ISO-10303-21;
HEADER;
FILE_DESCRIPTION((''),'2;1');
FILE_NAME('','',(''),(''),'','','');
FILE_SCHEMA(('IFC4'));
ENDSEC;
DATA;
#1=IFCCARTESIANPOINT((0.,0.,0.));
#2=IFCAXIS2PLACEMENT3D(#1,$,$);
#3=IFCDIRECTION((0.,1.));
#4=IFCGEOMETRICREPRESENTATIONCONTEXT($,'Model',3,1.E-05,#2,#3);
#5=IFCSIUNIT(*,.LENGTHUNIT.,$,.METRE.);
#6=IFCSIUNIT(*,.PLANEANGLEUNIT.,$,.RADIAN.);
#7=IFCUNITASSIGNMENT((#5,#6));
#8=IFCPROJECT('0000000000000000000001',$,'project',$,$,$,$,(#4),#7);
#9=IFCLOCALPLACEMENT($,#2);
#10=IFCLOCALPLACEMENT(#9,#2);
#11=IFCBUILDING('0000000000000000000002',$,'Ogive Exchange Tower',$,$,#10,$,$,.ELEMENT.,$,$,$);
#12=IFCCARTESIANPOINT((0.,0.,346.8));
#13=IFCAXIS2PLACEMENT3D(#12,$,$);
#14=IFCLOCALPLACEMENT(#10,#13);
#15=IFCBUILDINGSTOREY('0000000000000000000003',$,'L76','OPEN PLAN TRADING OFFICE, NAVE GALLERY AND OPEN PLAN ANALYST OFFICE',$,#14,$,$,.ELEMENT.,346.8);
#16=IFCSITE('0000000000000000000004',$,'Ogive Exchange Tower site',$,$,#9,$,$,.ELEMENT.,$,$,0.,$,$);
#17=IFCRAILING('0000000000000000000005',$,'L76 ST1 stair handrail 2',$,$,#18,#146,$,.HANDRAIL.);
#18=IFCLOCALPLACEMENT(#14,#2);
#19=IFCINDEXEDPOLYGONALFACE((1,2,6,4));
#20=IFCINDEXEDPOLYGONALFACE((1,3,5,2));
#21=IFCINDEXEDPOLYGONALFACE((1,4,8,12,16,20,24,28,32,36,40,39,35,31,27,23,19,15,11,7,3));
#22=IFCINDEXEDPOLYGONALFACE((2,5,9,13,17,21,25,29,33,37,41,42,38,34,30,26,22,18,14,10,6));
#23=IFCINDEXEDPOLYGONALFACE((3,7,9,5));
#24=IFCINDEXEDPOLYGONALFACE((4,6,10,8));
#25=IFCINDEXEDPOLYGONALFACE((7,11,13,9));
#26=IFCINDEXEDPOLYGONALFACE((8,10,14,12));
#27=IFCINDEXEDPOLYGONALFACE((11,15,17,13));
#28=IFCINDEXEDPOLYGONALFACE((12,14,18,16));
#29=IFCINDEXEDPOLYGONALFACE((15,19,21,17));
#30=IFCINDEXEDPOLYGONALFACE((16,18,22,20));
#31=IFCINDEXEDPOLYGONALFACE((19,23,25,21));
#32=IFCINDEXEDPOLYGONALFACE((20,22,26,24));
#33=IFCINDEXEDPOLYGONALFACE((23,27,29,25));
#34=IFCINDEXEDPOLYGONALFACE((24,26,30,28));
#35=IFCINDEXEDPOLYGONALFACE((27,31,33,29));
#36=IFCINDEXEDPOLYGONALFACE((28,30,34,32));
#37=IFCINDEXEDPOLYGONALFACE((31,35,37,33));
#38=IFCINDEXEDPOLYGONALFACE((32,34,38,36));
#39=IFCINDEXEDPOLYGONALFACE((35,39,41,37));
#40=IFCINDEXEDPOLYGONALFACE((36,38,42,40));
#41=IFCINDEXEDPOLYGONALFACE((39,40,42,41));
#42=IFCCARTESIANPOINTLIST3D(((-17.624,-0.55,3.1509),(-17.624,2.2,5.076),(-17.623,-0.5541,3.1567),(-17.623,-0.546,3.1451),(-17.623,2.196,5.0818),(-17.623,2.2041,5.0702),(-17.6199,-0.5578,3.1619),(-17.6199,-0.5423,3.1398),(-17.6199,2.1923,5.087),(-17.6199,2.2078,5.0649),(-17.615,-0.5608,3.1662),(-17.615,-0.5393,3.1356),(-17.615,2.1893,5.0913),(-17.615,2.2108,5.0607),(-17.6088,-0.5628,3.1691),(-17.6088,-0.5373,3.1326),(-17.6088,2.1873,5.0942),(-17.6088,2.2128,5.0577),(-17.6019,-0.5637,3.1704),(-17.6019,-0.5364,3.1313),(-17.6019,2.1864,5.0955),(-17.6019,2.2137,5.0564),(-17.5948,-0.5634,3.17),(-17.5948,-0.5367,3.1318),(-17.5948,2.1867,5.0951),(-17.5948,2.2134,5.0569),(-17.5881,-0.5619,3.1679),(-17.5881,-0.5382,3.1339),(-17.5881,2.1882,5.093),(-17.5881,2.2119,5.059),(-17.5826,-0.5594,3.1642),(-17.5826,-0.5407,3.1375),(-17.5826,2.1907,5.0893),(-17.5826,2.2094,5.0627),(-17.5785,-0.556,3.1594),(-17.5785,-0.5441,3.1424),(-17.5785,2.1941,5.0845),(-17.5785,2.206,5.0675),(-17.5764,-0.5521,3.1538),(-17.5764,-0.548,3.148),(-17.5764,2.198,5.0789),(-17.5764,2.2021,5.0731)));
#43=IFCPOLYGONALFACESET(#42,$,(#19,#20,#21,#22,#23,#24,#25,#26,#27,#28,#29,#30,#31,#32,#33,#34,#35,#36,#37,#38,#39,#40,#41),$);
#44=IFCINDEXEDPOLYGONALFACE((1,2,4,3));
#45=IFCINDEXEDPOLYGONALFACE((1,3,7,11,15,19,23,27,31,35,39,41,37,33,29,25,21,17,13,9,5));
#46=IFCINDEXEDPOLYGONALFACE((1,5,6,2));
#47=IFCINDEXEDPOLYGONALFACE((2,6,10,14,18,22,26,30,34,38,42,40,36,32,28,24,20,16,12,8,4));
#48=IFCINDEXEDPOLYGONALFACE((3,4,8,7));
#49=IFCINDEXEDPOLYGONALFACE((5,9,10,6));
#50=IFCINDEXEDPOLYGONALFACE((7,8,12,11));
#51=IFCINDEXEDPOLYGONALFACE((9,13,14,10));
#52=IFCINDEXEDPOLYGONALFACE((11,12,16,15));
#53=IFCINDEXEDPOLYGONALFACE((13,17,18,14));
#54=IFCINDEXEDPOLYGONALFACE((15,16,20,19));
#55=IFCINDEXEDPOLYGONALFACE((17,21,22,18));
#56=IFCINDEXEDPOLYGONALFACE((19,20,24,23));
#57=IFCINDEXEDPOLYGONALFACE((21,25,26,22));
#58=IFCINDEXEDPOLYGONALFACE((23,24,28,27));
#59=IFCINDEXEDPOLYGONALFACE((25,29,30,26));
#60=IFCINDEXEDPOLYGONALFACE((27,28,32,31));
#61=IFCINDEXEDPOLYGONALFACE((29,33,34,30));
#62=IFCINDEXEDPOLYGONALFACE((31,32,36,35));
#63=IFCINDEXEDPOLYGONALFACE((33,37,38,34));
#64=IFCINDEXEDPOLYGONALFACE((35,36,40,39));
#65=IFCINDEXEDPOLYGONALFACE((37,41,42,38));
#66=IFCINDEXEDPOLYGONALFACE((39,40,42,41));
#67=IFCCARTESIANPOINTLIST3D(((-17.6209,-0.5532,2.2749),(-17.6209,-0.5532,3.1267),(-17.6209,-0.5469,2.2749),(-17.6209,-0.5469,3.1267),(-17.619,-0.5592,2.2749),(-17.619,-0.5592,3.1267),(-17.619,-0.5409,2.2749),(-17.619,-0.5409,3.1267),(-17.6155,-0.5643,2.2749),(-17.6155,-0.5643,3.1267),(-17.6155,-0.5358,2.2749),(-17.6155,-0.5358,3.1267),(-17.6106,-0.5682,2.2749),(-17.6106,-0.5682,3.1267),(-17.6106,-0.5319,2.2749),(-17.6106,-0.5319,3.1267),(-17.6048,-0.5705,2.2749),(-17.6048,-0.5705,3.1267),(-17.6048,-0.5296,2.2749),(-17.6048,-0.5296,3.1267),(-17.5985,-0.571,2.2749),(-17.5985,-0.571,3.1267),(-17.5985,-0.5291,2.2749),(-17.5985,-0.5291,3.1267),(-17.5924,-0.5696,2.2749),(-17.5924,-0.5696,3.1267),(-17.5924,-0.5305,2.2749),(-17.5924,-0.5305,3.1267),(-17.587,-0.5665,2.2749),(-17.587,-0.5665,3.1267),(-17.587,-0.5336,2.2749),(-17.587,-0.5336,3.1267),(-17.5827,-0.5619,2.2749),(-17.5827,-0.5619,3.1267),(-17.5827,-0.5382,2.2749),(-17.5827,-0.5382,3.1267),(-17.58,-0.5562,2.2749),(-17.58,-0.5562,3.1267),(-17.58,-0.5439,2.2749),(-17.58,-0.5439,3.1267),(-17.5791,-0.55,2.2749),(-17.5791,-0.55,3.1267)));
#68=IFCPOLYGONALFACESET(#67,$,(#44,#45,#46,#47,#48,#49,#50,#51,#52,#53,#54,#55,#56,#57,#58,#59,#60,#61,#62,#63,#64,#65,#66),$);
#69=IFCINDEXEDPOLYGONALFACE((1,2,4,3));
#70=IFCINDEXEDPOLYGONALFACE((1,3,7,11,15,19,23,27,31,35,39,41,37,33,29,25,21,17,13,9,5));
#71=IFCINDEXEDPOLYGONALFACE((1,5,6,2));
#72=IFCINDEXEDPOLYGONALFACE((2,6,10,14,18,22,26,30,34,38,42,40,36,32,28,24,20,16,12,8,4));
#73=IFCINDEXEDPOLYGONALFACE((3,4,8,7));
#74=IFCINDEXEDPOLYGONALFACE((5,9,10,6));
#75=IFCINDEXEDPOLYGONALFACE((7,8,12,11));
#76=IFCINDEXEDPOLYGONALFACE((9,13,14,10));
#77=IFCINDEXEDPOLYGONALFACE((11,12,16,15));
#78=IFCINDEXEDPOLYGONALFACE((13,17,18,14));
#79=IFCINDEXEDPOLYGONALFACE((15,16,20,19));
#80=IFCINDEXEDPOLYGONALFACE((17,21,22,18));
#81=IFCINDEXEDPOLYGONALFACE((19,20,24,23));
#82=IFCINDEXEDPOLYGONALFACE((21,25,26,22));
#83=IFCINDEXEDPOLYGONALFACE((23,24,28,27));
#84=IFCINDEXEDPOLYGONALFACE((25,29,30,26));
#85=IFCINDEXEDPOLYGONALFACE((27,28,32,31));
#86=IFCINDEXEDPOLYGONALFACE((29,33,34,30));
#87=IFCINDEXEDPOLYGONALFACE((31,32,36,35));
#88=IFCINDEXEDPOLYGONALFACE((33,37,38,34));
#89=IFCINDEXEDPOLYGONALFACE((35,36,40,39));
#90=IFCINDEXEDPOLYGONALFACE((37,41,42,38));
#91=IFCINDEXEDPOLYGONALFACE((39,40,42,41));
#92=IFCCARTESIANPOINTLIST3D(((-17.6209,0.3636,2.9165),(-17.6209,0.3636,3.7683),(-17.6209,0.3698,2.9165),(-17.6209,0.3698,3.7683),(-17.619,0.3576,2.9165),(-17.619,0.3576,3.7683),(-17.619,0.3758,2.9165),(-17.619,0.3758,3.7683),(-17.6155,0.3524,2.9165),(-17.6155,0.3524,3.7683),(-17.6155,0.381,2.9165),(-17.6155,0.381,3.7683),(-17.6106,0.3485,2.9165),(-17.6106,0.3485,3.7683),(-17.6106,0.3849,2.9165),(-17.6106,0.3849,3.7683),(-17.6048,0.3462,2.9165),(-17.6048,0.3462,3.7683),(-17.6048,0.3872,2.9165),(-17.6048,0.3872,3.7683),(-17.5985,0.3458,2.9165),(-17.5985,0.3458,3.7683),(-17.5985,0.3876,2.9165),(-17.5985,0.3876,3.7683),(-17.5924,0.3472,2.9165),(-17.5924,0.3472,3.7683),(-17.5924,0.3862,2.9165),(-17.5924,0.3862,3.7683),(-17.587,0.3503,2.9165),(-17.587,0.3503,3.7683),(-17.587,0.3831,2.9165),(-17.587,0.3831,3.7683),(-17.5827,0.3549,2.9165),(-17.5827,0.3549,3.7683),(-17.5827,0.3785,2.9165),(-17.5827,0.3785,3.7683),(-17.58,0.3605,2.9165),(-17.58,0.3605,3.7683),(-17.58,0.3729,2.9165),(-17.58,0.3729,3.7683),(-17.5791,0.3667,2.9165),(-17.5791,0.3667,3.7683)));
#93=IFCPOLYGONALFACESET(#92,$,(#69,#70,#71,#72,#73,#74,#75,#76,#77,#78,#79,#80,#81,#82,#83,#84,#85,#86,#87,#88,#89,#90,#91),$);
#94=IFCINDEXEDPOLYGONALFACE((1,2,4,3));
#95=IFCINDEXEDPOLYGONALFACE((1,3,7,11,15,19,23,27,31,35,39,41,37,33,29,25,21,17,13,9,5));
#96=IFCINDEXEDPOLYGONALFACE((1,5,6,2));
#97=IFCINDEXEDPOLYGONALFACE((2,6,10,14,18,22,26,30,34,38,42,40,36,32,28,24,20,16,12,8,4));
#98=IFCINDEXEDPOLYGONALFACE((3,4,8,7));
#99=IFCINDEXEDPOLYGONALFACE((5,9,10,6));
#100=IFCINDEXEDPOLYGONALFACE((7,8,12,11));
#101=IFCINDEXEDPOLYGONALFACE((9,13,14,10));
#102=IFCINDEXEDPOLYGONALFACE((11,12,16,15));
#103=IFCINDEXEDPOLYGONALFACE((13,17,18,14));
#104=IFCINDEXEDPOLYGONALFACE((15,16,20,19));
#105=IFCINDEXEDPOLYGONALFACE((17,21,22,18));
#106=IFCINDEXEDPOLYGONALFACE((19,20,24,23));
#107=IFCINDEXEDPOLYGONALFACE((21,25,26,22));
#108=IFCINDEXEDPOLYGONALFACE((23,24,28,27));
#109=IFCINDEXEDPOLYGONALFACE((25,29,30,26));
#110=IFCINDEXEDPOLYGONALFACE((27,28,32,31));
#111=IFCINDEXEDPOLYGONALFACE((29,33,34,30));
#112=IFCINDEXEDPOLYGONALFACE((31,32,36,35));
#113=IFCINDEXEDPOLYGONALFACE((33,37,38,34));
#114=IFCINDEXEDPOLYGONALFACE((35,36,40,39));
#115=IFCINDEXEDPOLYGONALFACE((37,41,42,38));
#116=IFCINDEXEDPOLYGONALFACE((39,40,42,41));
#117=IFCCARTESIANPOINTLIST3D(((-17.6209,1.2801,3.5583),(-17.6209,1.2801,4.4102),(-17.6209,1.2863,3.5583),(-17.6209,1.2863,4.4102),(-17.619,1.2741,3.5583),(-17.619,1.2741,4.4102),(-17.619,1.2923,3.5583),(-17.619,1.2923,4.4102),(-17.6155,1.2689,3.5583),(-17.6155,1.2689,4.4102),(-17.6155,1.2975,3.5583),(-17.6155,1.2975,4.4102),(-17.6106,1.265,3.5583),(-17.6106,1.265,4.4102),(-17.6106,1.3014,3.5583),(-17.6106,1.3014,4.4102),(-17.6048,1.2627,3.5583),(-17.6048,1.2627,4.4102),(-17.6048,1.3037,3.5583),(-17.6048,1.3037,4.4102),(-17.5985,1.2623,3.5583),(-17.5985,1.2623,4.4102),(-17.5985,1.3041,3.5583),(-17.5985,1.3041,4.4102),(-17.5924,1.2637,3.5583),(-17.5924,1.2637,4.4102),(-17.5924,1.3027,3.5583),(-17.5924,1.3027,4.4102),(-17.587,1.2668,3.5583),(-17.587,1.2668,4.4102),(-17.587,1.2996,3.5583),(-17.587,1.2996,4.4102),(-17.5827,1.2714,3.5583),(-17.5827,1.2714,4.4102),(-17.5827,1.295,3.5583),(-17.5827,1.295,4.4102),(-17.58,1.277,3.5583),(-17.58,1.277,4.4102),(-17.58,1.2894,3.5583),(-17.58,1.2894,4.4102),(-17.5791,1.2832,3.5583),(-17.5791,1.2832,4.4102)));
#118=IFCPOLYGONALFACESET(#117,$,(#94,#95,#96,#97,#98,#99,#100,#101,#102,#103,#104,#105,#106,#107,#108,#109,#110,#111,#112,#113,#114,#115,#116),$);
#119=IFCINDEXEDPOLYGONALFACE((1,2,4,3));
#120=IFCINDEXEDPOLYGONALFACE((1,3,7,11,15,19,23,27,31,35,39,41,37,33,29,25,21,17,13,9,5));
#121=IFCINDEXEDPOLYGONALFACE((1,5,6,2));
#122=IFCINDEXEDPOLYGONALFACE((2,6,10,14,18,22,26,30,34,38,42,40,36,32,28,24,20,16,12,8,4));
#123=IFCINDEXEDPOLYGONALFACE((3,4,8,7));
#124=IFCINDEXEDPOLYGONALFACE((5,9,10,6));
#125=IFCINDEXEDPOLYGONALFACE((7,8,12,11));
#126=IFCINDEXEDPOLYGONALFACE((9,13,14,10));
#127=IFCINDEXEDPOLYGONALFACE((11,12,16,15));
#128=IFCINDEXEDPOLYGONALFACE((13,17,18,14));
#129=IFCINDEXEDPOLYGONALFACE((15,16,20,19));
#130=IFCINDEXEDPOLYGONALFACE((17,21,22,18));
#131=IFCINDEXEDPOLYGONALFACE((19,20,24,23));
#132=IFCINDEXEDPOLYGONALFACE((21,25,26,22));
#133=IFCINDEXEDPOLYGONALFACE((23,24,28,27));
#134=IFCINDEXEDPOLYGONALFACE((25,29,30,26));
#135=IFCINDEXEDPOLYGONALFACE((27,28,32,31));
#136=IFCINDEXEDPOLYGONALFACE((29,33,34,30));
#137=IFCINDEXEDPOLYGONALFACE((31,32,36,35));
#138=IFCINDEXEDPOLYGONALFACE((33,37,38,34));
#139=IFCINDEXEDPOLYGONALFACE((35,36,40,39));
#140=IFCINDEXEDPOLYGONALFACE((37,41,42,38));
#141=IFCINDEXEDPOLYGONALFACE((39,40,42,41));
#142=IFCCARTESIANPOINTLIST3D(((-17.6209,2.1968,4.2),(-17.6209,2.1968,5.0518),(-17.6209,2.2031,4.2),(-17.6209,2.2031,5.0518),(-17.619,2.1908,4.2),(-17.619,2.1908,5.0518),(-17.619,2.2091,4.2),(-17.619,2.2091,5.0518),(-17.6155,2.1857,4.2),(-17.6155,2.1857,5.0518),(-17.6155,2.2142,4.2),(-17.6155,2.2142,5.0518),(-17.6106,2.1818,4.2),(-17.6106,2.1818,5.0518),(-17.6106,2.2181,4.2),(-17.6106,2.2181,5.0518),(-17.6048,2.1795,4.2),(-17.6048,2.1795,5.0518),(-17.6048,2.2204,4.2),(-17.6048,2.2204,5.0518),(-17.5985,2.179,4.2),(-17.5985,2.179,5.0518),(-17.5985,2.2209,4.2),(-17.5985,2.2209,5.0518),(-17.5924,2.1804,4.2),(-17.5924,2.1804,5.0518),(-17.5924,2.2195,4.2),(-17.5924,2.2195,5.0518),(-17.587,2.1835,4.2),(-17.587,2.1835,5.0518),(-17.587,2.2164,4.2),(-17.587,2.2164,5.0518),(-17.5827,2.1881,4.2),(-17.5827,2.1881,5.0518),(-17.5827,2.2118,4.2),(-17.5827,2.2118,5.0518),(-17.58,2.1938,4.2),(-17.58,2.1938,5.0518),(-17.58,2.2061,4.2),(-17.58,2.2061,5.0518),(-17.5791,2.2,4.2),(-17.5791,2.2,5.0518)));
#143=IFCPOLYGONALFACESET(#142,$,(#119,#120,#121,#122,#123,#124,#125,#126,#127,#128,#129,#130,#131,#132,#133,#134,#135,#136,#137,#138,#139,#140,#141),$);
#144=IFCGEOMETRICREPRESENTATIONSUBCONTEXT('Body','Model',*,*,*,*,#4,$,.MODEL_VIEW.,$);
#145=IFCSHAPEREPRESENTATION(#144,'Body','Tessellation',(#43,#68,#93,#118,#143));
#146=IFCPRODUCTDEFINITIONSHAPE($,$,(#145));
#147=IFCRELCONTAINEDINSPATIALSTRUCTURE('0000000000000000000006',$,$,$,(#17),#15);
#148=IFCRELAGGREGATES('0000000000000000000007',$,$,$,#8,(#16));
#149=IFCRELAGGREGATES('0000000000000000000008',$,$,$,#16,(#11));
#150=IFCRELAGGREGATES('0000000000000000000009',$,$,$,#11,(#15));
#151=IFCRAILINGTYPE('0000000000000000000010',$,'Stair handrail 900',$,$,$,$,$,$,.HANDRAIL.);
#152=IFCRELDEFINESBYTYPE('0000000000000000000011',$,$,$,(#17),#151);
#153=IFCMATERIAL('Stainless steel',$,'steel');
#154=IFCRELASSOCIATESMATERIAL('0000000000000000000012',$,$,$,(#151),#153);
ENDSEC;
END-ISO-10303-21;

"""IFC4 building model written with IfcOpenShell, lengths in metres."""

from ifc_helpers import new_model, si_unit, direction, frame, origin, origin_2d, place, context, subcontext, project, spatial, circle, extrude, material, type_object, element, save


model = new_model("IFC4")

# Units and contexts
model_context = context("Model", 3, precision=1e-05, world=origin(), true_north=direction((0.0, 1.0)))
body_context = subcontext(model_context, "Body", "Model", "MODEL_VIEW")
ifc_project = project(units=[si_unit("LENGTHUNIT", "METRE"), si_unit("PLANEANGLEUNIT", "RADIAN")], contexts=[model_context])

# Site, building, storey
site_placement = place(None, origin())
site = spatial("IfcSite", under=ifc_project, at=site_placement, Name="Ogive Exchange Tower site", CompositionType="ELEMENT", RefElevation=0.0)
building_placement = place(site_placement, origin())
building = spatial("IfcBuilding", under=site, at=building_placement, Name="Ogive Exchange Tower", CompositionType="ELEMENT")
storey_placement = place(building_placement, frame((0.0, 0.0, 346.8)))
storey = spatial("IfcBuildingStorey", under=building, at=storey_placement, Name="L76", Description="OPEN PLAN TRADING OFFICE, NAVE GALLERY AND OPEN PLAN ANALYST OFFICE", CompositionType="ELEMENT", Elevation=346.8)

# Shared definitions
ifc_material_1 = material(Name="Stainless steel", Category="steel")

# Railing
railing_type = type_object("IfcRailingType", Name="Stair handrail 900", PredefinedType="HANDRAIL", material=ifc_material_1)
railing_placement = place(storey_placement, frame((-17.6001, -0.55, 2.2749)))
element("IfcRailing", 1, at=railing_placement, inside=storey, type_object=railing_type, Name="L76 ST1 stair handrail 2", PredefinedType="HANDRAIL", context=body_context, shape_type="SweptSolid", body=[
    extrude(circle(Radius=0.0239, at=origin_2d()), frame((0.0, 0.0, 0.876), z_axis=(0.0, 0.819225, 0.573472), x_axis=(-1.0, 0.0, 0.0)), (0.0, 0.0, 1.0), 3.3569),
    extrude(circle(Radius=0.021, at=origin_2d()), origin(), (0.0, 0.0, 1.0), 0.8518),
    extrude(circle(Radius=0.021, at=origin_2d()), frame((0.0, 0.9167, 0.6416)), (0.0, 0.0, 1.0), 0.8518),
    extrude(circle(Radius=0.021, at=origin_2d()), frame((0.0, 1.8333, 1.2834)), (0.0, 0.0, 1.0), 0.8518),
    extrude(circle(Radius=0.021, at=origin_2d()), frame((0.0, 2.75, 1.925)), (0.0, 0.0, 1.0), 0.8518),
])

save(model, "model.ifc")
